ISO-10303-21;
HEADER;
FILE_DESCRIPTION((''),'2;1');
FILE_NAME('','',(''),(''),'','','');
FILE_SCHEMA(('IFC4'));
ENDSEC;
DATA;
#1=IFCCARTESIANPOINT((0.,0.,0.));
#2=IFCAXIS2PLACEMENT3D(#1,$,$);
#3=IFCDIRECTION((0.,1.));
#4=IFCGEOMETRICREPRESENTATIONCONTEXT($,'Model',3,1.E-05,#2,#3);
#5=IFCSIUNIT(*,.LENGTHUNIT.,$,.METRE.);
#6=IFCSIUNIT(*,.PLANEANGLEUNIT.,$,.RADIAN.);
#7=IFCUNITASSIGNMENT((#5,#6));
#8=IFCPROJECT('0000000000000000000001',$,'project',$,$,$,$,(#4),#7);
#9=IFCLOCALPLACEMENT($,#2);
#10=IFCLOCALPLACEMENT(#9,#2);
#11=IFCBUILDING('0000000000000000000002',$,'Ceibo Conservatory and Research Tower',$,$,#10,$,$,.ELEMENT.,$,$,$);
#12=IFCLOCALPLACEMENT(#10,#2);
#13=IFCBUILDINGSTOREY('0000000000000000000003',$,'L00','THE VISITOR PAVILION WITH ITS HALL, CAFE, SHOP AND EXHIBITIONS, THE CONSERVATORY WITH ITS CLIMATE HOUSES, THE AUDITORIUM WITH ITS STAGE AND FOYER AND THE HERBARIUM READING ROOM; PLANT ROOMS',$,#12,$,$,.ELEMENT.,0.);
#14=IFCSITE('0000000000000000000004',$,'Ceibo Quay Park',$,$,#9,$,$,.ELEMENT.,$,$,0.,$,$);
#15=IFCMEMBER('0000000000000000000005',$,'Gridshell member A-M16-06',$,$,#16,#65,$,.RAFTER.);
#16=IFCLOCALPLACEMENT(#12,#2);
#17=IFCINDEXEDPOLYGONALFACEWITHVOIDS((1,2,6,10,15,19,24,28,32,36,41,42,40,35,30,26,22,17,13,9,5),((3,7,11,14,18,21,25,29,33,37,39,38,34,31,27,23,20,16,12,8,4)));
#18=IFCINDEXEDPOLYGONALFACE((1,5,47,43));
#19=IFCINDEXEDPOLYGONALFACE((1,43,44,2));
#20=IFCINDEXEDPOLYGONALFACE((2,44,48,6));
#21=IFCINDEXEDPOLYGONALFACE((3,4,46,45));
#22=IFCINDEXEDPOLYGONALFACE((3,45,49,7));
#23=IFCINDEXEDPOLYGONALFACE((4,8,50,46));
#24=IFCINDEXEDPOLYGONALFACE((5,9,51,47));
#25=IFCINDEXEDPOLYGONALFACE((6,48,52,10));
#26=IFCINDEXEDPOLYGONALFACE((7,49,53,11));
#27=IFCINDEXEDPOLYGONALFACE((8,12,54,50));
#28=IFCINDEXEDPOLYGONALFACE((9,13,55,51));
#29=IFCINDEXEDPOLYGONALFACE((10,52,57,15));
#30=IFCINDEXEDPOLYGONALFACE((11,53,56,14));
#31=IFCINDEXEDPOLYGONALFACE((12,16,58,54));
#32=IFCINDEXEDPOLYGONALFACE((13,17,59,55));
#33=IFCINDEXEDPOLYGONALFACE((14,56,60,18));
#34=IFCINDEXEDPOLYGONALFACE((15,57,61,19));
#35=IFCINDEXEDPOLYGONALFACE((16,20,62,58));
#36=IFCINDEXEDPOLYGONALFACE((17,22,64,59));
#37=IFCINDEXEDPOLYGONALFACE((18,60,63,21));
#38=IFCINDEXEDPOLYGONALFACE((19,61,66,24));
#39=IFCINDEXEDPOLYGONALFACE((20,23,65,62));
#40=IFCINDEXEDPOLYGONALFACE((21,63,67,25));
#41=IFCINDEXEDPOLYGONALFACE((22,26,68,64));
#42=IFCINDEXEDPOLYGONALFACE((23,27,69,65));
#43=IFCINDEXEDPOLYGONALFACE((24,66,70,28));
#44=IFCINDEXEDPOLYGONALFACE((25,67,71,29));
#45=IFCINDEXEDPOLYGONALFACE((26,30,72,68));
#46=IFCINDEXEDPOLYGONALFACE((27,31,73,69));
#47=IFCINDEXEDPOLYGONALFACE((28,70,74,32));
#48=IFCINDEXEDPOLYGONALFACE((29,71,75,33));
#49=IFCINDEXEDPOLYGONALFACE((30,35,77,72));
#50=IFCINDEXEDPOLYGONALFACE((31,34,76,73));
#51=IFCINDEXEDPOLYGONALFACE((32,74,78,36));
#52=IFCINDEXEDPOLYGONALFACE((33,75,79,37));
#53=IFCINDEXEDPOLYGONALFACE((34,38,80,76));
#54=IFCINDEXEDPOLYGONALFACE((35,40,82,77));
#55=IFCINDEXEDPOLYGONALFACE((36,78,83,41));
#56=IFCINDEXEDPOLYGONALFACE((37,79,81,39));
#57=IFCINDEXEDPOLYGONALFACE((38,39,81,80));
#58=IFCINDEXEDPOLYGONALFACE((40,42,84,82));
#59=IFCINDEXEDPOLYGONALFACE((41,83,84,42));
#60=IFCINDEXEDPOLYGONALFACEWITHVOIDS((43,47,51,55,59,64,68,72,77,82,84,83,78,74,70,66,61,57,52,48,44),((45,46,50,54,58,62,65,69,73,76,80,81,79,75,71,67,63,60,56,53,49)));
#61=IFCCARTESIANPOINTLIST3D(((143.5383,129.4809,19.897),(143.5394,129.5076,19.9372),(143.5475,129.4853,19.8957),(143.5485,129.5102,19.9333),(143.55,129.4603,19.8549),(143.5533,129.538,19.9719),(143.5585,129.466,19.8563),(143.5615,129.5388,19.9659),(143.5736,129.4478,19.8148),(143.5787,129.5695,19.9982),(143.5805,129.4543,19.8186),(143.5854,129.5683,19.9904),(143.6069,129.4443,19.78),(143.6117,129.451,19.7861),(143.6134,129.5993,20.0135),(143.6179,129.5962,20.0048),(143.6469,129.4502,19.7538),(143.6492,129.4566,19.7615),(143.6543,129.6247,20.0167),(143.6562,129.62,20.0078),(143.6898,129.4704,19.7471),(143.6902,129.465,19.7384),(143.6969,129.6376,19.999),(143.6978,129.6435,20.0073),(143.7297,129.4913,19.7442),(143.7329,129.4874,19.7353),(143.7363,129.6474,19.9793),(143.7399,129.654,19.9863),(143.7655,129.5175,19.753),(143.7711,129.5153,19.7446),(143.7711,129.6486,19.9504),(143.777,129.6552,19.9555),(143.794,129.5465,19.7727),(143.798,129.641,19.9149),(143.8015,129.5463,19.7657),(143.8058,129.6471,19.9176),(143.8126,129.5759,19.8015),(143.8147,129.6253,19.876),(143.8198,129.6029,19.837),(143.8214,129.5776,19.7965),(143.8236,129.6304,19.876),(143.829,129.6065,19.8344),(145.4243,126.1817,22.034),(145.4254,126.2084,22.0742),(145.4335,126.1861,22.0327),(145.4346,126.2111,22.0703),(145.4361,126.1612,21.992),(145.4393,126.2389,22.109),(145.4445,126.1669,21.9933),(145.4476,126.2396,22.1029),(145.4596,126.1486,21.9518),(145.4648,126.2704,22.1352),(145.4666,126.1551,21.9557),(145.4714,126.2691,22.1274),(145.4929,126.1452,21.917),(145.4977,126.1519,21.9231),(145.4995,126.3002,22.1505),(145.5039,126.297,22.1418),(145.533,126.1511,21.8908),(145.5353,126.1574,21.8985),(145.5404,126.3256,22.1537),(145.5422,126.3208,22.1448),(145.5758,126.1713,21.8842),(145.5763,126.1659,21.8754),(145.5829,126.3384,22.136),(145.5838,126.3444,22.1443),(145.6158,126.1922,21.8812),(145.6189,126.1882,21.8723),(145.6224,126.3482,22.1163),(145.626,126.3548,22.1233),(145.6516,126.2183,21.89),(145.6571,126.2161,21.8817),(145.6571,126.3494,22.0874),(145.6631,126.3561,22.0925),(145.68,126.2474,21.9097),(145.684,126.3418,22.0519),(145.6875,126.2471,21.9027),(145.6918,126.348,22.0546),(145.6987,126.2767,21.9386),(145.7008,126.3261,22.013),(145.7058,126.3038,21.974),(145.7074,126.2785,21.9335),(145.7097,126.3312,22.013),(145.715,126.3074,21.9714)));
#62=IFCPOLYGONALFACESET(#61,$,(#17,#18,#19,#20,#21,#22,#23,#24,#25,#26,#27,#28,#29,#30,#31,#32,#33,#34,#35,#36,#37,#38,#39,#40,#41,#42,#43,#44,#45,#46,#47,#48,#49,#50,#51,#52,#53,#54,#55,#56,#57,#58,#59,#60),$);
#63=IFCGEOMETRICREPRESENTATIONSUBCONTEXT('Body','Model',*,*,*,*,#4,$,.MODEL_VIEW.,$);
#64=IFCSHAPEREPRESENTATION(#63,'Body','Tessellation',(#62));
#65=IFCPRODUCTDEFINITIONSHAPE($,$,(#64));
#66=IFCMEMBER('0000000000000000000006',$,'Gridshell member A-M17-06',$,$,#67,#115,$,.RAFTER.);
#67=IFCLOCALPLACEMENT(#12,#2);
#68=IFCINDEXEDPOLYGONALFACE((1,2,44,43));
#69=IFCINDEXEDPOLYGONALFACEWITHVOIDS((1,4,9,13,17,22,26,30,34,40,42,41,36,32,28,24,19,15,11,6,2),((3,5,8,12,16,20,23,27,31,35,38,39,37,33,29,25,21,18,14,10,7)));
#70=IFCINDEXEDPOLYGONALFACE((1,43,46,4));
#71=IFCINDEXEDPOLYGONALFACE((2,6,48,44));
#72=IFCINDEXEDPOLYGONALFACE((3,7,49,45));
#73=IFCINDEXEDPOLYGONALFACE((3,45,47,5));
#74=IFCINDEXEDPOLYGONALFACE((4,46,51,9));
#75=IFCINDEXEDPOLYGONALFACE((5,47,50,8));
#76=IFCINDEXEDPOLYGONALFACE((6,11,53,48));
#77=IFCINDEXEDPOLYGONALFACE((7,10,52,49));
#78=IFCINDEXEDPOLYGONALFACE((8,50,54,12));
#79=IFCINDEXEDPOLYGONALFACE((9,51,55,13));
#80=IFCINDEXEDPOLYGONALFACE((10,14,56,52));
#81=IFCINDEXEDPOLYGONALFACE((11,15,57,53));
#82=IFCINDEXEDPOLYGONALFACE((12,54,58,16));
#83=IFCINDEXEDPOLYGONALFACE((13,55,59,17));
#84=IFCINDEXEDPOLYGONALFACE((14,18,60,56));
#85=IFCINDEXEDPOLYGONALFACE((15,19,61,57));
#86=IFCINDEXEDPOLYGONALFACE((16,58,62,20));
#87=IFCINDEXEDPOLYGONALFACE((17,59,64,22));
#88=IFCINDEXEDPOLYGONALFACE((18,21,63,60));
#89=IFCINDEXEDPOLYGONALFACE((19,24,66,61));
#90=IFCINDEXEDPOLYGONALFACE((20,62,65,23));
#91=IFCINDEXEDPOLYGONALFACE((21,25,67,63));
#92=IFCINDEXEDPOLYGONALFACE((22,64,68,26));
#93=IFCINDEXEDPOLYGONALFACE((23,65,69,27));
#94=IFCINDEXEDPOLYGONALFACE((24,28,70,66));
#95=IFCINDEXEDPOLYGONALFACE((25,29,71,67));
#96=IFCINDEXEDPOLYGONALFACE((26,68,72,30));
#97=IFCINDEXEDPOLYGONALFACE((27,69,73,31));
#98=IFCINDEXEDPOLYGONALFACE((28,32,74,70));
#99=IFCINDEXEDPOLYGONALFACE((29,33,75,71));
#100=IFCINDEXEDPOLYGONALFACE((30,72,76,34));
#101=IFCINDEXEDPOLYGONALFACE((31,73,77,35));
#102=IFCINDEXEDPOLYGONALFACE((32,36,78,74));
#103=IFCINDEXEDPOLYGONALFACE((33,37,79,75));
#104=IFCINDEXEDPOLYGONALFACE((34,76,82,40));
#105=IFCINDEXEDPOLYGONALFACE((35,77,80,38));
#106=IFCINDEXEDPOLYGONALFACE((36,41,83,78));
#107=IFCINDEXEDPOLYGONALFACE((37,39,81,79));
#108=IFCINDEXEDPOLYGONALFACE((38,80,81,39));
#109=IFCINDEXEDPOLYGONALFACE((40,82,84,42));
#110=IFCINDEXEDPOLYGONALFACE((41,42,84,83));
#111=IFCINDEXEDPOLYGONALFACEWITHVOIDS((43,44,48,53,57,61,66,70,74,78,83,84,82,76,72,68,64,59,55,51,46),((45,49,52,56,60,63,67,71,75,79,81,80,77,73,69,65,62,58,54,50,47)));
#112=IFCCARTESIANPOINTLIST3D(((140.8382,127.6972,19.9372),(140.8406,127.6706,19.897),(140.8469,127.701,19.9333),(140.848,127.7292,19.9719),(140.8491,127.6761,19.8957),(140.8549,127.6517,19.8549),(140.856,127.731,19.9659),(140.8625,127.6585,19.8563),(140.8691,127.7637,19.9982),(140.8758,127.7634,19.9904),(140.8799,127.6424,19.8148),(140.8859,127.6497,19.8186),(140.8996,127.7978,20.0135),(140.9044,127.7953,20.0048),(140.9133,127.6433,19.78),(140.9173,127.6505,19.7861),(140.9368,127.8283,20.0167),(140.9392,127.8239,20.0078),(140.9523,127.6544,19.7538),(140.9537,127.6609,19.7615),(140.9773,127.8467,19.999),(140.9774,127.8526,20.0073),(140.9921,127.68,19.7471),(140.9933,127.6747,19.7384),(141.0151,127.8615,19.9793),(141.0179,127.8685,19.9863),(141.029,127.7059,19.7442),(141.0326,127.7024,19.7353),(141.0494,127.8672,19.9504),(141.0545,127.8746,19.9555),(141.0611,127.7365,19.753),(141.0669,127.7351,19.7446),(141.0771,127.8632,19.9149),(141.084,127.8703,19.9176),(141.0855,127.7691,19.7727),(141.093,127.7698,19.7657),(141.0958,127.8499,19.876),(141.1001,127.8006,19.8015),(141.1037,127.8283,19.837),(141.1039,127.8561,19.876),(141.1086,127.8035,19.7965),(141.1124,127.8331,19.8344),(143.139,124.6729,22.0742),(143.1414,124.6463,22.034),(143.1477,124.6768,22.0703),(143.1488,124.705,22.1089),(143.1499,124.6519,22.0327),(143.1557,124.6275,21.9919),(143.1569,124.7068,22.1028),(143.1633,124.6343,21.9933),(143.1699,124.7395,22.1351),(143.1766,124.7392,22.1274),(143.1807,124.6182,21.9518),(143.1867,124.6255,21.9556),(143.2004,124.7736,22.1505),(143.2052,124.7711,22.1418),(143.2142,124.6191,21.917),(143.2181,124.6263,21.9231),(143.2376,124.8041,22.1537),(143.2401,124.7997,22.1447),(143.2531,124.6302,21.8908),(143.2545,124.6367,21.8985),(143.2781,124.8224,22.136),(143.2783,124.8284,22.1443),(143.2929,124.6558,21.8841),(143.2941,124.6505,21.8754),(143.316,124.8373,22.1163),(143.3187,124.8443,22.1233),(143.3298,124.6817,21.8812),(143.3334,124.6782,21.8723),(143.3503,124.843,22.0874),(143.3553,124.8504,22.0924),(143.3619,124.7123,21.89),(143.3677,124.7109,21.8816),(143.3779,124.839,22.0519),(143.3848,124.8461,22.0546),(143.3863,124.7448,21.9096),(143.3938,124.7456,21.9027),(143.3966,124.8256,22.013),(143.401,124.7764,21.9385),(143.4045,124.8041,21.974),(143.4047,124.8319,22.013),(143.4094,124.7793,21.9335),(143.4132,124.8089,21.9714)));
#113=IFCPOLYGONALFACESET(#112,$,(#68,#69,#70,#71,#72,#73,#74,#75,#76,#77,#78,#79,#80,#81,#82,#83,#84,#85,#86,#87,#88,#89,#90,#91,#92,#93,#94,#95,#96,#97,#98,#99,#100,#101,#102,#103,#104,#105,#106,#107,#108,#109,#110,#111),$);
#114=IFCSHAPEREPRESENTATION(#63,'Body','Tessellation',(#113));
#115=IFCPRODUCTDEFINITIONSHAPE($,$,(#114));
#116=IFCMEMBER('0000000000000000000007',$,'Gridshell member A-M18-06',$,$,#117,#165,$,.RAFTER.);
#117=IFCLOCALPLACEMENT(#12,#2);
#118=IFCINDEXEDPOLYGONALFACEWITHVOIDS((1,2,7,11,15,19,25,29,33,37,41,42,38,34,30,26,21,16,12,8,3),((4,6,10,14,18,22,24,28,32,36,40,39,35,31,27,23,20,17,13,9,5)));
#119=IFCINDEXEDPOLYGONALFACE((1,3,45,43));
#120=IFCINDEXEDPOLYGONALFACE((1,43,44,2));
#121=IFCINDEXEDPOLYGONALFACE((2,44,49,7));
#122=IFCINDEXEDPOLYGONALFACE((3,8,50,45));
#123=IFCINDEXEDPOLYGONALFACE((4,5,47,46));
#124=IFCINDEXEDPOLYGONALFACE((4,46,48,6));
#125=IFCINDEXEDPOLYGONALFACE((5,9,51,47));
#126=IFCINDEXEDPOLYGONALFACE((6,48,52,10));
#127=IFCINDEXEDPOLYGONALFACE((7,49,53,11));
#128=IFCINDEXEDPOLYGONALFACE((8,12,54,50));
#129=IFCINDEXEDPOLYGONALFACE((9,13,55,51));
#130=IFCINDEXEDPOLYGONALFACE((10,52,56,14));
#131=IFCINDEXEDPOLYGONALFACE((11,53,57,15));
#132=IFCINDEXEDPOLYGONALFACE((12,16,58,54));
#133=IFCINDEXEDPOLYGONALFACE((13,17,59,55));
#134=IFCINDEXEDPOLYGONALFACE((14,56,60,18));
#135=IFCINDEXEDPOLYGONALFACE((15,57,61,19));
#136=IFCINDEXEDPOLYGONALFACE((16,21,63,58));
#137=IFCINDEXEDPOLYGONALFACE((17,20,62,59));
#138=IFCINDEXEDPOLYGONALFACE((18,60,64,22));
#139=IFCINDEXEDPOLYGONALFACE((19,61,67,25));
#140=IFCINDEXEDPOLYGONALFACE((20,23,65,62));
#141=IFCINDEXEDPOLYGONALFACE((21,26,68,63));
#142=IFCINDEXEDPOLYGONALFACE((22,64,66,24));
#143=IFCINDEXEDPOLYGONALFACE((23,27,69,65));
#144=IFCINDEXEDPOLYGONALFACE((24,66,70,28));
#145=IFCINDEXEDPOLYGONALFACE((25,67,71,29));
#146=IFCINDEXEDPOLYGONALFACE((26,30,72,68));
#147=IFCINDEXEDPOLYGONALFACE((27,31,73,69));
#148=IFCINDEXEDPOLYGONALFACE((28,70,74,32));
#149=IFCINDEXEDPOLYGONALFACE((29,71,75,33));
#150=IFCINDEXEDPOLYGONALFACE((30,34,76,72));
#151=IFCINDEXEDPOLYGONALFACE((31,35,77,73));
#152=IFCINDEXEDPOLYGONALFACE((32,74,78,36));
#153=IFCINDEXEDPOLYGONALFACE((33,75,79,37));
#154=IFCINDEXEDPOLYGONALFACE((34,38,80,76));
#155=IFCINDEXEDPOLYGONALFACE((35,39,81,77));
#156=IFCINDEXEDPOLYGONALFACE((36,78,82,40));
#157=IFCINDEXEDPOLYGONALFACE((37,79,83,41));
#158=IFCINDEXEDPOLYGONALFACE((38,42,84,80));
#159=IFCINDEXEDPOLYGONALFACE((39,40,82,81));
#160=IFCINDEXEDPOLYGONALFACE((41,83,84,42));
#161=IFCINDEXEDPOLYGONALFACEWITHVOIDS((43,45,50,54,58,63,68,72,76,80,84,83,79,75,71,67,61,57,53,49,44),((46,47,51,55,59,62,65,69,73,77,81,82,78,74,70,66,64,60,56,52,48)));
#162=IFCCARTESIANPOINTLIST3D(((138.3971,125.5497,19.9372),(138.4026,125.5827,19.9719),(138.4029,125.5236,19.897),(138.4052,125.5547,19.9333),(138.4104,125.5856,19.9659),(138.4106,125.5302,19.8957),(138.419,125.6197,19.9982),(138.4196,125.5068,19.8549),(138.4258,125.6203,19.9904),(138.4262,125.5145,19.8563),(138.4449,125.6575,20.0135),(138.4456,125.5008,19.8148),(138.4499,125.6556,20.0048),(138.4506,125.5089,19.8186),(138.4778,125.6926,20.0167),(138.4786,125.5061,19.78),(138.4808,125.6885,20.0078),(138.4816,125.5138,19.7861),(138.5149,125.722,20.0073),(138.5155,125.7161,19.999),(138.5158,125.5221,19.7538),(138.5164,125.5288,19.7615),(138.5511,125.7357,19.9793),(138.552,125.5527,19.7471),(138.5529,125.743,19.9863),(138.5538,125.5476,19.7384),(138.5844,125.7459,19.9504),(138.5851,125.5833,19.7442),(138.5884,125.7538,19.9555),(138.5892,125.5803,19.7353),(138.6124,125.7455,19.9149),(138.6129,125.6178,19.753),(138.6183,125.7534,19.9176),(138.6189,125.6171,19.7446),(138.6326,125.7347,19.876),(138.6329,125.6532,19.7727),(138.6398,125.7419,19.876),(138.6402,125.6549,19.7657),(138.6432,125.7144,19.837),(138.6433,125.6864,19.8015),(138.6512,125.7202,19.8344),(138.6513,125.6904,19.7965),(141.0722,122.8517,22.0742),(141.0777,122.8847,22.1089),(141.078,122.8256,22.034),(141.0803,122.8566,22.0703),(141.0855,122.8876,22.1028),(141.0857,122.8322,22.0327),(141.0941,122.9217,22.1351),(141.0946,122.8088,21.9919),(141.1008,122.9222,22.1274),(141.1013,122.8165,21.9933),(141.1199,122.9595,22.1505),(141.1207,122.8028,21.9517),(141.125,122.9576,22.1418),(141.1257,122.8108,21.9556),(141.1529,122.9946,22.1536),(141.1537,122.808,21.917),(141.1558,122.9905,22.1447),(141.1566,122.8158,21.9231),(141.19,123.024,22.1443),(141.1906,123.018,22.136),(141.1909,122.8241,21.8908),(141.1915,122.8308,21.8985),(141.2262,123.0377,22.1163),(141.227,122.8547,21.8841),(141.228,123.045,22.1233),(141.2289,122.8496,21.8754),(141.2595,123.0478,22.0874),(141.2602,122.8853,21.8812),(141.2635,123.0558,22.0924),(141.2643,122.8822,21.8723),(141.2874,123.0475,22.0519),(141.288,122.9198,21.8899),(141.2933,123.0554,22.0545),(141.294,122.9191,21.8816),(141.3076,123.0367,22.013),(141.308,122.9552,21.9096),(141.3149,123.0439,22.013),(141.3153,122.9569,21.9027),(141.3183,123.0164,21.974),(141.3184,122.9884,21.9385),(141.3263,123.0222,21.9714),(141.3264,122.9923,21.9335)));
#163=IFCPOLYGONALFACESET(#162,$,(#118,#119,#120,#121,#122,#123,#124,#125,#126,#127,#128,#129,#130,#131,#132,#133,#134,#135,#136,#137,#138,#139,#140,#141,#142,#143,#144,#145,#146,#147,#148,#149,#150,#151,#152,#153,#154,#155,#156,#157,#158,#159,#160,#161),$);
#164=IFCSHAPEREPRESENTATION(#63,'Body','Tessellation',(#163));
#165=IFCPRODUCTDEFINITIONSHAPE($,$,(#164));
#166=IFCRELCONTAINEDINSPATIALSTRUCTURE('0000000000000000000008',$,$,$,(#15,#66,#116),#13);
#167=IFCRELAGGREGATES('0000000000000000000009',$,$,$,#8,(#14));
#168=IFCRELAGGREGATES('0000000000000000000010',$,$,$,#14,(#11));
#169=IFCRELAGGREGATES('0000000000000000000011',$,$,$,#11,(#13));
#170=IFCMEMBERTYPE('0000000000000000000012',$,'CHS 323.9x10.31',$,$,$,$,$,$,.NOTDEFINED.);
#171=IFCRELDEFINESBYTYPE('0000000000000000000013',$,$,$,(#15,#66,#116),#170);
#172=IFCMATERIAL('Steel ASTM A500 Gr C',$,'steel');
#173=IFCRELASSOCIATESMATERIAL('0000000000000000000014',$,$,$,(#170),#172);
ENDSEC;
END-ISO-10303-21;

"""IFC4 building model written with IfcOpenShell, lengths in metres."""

from ifc_helpers import new_model, si_unit, direction, frame, origin, origin_2d, place, context, subcontext, project, spatial, hollow_circle, extrude, material, material_profile, profile_set, type_object, element, save


model = new_model("IFC4")

# Units and contexts
model_context = context("Model", 3, precision=1e-05, world=origin(), true_north=direction((0.0, 1.0)))
body_context = subcontext(model_context, "Body", "Model", "MODEL_VIEW")
ifc_project = project(units=[si_unit("LENGTHUNIT", "METRE"), si_unit("PLANEANGLEUNIT", "RADIAN")], contexts=[model_context])

# Site, building, storey
site_placement = place(None, origin())
site = spatial("IfcSite", under=ifc_project, at=site_placement, Name="Ceibo Quay Park", CompositionType="ELEMENT", RefElevation=0.0)
building_placement = place(site_placement, origin())
building = spatial("IfcBuilding", under=site, at=building_placement, Name="Ceibo Conservatory and Research Tower", CompositionType="ELEMENT")
storey_placement = place(building_placement, origin())
storey = spatial("IfcBuildingStorey", under=building, at=storey_placement, Name="L00", Description="THE VISITOR PAVILION WITH ITS HALL, CAFE, SHOP AND EXHIBITIONS, THE CONSERVATORY WITH ITS CLIMATE HOUSES, THE AUDITORIUM WITH ITS STAGE AND FOYER AND THE HERBARIUM READING ROOM; PLANT ROOMS", CompositionType="ELEMENT", Elevation=0.0)

# Members
ifc_material_1 = material(Name="Steel ASTM A500 Gr C", Category="steel")
ifc_material_profile_1 = material_profile(ifc_material_1, hollow_circle(Radius=0.1619, WallThickness=0.0103, at=origin_2d()), Name="CHS 323.9x10.31")
ifc_profile_set_1 = profile_set([ifc_material_profile_1], Name="Steel ASTM A500 Gr C")
member_type_1 = type_object("IfcMemberType", Name="CHS 323.9x10.31", PredefinedType="NOTDEFINED", material=ifc_profile_set_1)
member_1_placement = place(storey_placement, frame((143.6831, 129.55, 19.876), z_axis=(0.43259, -0.756711, 0.490157), x_axis=(0.868152, 0.496298, 0.0)))
element("IfcMember", 1, at=member_1_placement, inside=storey, type_object=member_type_1, Name="Gridshell member A-M16-06", PredefinedType="RAFTER", context=body_context, shape_type="SweptSolid", body=[
    extrude(hollow_circle(Radius=0.1619, WallThickness=0.0103, at=origin_2d()), origin(), (0.0, 0.0, 1.0), 4.3599),
])
member_2_placement = place(storey_placement, frame((140.9751, 127.7581, 19.876), z_axis=(0.527755, -0.693686, 0.490178), x_axis=(0.795856, 0.605486, 0.0)))
element("IfcMember", 2, at=member_2_placement, inside=storey, type_object=member_type_1, Name="Gridshell member A-M17-06", PredefinedType="RAFTER", context=body_context, shape_type="SweptSolid", body=[
    extrude(hollow_circle(Radius=0.1619, WallThickness=0.0103, at=origin_2d()), origin(), (0.0, 0.0, 1.0), 4.3596),
])
member_3_placement = place(storey_placement, frame((138.5249, 125.6279, 19.876), z_axis=(0.613671, -0.618936, 0.490231), x_axis=(0.71012, 0.70408, 0.0)))
element("IfcMember", 3, at=member_3_placement, inside=storey, type_object=member_type_1, Name="Gridshell member A-M18-06", PredefinedType="RAFTER", context=body_context, shape_type="SweptSolid", body=[
    extrude(hollow_circle(Radius=0.1619, WallThickness=0.0103, at=origin_2d()), origin(), (0.0, 0.0, 1.0), 4.3591),
])

save(model, "model.ifc")
